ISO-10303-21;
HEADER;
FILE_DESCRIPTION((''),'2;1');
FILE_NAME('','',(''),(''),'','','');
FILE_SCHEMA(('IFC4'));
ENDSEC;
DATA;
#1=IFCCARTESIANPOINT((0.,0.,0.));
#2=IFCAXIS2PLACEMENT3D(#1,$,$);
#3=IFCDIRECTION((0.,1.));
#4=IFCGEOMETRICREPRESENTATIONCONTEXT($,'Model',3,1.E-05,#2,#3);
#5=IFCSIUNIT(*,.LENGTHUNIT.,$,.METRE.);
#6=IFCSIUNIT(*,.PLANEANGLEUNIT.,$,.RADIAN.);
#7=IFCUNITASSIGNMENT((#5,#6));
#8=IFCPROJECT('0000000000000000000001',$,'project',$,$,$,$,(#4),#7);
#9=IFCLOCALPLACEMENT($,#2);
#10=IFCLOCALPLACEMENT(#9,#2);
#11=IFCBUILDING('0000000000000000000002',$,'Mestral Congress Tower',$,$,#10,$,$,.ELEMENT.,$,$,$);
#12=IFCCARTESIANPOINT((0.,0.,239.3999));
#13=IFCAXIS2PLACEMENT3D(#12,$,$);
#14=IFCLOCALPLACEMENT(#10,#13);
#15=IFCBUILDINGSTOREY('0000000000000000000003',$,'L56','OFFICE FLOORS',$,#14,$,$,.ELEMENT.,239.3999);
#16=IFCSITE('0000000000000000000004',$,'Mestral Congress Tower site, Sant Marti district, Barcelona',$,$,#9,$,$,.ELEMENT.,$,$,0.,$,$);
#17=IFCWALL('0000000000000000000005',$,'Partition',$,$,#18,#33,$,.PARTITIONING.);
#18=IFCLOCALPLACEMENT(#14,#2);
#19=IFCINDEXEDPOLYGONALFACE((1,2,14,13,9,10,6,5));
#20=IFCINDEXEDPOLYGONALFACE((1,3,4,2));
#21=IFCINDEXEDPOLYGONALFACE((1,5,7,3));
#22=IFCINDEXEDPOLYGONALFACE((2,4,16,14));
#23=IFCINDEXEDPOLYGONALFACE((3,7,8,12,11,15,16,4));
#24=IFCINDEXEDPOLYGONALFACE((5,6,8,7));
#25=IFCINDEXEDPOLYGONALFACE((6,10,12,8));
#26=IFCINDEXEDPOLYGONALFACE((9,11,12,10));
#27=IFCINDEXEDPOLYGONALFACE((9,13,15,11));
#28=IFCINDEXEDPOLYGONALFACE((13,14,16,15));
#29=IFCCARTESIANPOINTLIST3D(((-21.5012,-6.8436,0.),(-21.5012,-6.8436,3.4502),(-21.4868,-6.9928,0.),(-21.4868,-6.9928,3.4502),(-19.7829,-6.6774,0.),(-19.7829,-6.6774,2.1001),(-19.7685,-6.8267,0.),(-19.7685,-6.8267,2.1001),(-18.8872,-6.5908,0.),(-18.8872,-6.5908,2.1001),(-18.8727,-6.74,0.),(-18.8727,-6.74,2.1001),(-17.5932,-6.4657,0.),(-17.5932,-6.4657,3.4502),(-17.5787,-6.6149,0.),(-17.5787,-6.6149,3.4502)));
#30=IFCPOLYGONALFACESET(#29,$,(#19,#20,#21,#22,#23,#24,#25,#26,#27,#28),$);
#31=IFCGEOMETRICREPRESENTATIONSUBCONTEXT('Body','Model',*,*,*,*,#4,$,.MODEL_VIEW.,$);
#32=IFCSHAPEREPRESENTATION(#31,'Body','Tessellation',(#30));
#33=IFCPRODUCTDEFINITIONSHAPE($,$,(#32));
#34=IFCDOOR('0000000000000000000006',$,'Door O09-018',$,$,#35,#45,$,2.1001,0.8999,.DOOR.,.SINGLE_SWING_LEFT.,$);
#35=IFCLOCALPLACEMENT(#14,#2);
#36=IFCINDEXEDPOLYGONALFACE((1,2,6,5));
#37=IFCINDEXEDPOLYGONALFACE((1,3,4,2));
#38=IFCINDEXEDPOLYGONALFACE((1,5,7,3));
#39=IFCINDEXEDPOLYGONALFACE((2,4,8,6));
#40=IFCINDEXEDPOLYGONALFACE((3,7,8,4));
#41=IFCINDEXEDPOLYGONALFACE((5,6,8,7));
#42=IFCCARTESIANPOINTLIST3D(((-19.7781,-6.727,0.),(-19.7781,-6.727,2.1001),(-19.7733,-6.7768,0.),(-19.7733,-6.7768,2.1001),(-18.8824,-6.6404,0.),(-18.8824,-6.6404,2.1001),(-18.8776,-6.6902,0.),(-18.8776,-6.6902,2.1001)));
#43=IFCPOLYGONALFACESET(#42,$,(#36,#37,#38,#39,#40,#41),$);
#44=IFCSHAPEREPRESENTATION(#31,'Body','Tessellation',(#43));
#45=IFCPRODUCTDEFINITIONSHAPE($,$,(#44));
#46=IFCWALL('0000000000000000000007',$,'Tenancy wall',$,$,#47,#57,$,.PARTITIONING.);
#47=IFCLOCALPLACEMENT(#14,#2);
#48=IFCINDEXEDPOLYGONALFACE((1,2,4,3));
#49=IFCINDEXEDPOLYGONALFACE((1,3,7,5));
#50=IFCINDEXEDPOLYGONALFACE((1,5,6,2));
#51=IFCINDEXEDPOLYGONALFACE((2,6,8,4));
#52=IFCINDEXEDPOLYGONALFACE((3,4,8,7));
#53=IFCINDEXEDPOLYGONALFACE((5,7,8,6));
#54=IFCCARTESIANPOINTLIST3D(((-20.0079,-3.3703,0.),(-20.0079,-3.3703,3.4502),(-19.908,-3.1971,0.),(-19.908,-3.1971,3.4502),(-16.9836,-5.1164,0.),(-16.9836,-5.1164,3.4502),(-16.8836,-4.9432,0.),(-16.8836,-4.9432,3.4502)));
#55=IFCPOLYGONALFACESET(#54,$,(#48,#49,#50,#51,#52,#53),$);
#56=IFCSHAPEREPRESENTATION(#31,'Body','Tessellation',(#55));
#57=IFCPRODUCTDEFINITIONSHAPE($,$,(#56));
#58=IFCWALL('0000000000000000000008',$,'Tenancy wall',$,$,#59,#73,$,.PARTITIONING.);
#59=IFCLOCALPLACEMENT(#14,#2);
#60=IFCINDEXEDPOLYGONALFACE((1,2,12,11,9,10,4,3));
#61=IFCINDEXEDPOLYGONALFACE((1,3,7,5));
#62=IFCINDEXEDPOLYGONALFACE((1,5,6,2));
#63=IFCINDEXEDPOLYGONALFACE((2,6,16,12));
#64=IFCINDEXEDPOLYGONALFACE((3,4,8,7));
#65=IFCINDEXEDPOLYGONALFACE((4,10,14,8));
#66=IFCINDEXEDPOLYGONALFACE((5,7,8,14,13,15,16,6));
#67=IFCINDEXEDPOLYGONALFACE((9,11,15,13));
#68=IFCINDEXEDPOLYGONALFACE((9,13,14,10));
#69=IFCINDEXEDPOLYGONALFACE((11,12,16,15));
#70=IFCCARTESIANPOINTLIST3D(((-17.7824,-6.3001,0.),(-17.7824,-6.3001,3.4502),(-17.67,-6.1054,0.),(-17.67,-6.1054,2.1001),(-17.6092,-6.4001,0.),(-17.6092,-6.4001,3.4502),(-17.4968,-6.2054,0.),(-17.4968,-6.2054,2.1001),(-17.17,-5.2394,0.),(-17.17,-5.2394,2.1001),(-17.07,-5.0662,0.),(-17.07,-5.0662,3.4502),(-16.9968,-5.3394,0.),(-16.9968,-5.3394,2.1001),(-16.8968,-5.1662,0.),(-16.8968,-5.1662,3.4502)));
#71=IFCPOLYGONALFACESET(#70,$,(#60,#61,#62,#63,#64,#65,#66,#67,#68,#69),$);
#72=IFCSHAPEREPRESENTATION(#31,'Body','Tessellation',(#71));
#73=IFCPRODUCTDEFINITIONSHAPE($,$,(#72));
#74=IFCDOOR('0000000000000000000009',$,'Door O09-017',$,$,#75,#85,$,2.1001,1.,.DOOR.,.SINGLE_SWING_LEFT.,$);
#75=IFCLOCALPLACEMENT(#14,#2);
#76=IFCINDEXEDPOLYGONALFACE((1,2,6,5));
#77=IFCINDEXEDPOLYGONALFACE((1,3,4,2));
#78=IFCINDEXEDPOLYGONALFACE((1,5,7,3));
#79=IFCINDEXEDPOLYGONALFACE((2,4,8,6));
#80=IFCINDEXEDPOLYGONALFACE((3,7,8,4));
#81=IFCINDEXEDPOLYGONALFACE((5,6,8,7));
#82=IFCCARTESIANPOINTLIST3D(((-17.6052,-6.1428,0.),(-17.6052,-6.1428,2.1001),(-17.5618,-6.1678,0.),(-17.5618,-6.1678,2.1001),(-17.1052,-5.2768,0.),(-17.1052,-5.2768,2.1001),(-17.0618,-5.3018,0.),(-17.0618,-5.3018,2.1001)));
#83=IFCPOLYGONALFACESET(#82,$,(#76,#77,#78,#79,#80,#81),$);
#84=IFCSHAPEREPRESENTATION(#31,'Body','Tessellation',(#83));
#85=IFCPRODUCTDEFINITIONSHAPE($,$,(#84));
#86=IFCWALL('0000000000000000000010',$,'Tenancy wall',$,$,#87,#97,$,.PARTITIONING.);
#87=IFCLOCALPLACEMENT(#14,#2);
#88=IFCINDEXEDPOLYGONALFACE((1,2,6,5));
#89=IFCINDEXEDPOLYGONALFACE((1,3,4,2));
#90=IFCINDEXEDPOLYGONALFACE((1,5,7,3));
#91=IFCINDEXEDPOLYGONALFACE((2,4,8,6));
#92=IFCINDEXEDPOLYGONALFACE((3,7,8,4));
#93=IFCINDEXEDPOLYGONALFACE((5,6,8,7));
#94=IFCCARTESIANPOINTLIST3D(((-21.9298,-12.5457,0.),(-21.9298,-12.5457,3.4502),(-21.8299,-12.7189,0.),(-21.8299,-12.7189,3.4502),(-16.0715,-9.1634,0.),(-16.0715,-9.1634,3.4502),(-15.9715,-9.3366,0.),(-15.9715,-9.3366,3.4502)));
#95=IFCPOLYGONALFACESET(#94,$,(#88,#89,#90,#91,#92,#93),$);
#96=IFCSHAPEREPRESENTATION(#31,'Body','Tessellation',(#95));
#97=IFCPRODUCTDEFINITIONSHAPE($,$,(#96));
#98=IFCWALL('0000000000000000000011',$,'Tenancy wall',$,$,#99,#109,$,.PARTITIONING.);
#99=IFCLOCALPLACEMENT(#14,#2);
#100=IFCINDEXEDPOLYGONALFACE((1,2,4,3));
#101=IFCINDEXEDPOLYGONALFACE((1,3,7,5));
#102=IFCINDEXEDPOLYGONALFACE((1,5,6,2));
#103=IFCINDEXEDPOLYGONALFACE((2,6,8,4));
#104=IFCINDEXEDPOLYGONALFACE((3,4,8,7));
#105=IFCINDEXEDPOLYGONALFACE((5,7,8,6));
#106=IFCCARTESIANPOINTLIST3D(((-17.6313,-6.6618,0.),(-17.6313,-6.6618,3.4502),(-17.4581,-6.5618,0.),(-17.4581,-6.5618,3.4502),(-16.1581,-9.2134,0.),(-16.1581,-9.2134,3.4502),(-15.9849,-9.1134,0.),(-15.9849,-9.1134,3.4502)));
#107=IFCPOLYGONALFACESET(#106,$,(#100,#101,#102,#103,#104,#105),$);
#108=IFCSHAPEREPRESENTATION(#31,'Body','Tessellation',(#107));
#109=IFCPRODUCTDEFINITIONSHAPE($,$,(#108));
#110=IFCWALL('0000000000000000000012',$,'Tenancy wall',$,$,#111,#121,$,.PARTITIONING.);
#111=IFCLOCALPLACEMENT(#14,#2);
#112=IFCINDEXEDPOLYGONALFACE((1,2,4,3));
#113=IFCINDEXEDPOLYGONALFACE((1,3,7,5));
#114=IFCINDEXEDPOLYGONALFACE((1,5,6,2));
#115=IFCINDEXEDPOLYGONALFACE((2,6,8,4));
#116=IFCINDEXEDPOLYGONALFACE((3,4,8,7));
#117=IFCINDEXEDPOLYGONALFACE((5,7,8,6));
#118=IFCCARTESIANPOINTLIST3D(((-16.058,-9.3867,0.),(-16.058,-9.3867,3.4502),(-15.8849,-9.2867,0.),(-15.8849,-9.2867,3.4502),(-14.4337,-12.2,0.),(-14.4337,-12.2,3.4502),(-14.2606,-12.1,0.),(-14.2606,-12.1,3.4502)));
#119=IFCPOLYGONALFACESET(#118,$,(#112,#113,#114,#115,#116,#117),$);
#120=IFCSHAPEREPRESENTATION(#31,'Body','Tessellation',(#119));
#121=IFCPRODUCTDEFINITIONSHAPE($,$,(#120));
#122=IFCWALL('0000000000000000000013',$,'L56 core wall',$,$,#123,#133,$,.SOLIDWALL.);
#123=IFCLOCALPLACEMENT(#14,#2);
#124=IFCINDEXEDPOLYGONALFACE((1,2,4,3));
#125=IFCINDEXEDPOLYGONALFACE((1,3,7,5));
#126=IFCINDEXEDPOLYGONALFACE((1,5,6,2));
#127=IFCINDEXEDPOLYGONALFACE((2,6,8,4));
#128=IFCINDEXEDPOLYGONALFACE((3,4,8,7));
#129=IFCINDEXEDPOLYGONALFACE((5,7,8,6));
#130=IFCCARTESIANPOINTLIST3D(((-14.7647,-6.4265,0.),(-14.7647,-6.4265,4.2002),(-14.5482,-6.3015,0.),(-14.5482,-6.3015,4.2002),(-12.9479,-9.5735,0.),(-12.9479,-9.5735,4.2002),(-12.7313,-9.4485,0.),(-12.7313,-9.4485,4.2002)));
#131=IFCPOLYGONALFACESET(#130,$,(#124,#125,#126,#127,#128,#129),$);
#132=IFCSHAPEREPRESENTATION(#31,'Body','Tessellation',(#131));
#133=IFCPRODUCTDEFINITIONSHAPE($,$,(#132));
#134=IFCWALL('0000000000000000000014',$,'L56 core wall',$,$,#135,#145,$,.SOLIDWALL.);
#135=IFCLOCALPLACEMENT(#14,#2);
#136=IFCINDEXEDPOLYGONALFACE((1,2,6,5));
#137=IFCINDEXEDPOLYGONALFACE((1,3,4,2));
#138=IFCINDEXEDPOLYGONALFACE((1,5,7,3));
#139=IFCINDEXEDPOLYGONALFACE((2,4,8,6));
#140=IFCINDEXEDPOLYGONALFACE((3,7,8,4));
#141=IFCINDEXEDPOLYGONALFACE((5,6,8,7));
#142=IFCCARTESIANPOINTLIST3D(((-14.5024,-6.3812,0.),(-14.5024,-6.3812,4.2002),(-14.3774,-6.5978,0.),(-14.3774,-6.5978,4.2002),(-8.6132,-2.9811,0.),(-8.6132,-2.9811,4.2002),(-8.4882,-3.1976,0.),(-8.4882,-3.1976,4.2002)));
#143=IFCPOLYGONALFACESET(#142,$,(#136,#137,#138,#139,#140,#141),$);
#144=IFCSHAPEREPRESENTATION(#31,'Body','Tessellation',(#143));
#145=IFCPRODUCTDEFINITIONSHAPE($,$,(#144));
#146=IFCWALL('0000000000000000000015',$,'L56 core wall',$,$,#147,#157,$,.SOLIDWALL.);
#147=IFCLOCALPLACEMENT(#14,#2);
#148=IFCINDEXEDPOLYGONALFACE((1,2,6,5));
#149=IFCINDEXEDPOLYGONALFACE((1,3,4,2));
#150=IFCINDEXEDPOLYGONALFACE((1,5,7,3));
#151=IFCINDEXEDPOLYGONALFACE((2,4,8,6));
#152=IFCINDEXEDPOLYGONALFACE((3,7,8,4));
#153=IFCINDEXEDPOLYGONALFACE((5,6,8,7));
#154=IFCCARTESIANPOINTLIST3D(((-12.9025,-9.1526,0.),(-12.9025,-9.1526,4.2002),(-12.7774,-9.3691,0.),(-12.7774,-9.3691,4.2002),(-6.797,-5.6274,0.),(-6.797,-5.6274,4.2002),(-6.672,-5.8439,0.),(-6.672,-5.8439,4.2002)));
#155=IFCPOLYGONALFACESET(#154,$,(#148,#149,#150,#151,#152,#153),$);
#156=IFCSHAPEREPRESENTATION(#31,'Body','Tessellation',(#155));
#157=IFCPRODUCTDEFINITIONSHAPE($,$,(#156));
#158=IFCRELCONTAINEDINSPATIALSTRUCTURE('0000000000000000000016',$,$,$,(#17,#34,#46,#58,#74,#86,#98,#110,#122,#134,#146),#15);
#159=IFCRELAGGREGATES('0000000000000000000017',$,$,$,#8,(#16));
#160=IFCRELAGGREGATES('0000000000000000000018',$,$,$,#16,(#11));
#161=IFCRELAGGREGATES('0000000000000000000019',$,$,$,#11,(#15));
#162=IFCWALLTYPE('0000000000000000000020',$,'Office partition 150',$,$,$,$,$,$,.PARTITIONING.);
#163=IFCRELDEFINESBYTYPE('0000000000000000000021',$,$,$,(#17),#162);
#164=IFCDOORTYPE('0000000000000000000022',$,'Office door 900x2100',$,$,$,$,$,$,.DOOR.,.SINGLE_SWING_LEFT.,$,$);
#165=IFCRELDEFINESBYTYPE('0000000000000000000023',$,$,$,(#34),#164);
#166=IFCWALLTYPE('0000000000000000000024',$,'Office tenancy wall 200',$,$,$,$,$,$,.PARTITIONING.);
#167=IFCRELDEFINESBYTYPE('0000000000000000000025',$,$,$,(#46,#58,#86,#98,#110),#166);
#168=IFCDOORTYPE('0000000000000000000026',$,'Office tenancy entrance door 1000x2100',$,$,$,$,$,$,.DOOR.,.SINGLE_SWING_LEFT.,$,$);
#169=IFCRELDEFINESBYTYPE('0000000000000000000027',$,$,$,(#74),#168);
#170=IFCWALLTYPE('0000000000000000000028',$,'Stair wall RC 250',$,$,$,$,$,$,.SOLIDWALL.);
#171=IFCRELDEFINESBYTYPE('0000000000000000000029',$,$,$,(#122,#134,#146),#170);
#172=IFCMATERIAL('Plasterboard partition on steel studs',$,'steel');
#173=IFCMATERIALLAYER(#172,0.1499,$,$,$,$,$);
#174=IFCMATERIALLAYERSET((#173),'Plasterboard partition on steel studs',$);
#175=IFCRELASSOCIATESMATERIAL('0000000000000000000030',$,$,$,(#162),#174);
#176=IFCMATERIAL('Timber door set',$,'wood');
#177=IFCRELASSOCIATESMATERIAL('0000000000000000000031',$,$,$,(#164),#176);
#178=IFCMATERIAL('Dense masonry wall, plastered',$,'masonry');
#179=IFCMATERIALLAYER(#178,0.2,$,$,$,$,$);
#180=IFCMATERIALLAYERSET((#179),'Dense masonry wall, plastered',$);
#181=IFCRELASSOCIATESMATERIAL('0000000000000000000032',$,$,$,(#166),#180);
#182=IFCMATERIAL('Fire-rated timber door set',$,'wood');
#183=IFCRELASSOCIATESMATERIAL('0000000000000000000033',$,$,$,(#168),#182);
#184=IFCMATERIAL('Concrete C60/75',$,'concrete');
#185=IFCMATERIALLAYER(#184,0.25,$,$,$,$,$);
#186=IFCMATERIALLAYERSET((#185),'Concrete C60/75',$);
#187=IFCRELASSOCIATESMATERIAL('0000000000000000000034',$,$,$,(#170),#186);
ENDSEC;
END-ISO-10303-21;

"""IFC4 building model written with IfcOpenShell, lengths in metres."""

from ifc_helpers import new_model, si_unit, direction, frame, frame_2d, origin, place, context, subcontext, project, spatial, rectangle, extrude, material, layer, layer_set, type_object, element, fill, save


model = new_model("IFC4")

# Units and contexts
model_context = context("Model", 3, precision=1e-05, world=origin(), true_north=direction((0.0, 1.0)))
body_context = subcontext(model_context, "Body", "Model", "MODEL_VIEW")
ifc_project = project(units=[si_unit("LENGTHUNIT", "METRE"), si_unit("PLANEANGLEUNIT", "RADIAN")], contexts=[model_context])

# Site, building, storey
site_placement = place(None, origin())
site = spatial("IfcSite", under=ifc_project, at=site_placement, Name="Mestral Congress Tower site, Sant Marti district, Barcelona", CompositionType="ELEMENT", RefElevation=0.0)
building_placement = place(site_placement, origin())
building = spatial("IfcBuilding", under=site, at=building_placement, Name="Mestral Congress Tower", CompositionType="ELEMENT")
storey_placement = place(building_placement, frame((0.0, 0.0, 239.3999)))
storey = spatial("IfcBuildingStorey", under=building, at=storey_placement, Name="L56", Description="OFFICE FLOORS", CompositionType="ELEMENT", Elevation=239.3999)

# Shared definitions
ifc_material_1 = material(Name="Concrete C60/75", Category="concrete")

# Shared definitions
ifc_material_2 = material(Name="Plasterboard partition on steel studs", Category="steel")
ifc_layer_1 = layer(ifc_material_2, 0.1499)
ifc_layer_set_1 = layer_set([ifc_layer_1], Name="Plasterboard partition on steel studs")
wall_type_1 = type_object("IfcWallType", Name="Office partition 150", PredefinedType="PARTITIONING", material=ifc_layer_set_1)
ifc_material_3 = material(Name="Timber door set", Category="wood")
door_type_1 = type_object("IfcDoorType", Name="Office door 900x2100", OperationType="SINGLE_SWING_LEFT", PredefinedType="DOOR", material=ifc_material_3)

# Wall, opening, door
wall_1_placement = place(storey_placement, frame((-17.5859, -6.5403, 0.0), z_axis=(0.0, 0.0, 1.0), x_axis=(-0.995356, -0.096259, 0.0)))
wall_1 = element("IfcWall", 1, at=wall_1_placement, inside=storey, type_object=wall_type_1, Name="Partition", PredefinedType="PARTITIONING", context=body_context, shape_type="SweptSolid", body=[
    extrude(rectangle(XDim=3.9263, YDim=0.1499, at=frame_2d((1.9631, 0.0))), origin(), (0.0, 0.0, 1.0), 3.4502),
])
opening_1_placement = place(wall_1_placement, frame((1.3, 0.0, 0.0)))
opening_1 = element("IfcOpeningElement", 2, at=opening_1_placement, cuts=wall_1, PredefinedType="OPENING", context=body_context, shape_type="SweptSolid", body=[
    extrude(rectangle(XDim=0.8999, YDim=2.1001, at=frame_2d((0.45, 1.05))), frame((0.0, 0.085, 0.0), z_axis=(0.0, -1.0, 0.0), x_axis=(1.0, 0.0, 0.0)), (0.0, 0.0, 1.0), 0.1699),
])
door_1_placement = place(opening_1_placement, origin())
door_1 = element("IfcDoor", 3, at=door_1_placement, inside=storey, type_object=door_type_1, Name="Door O09-018", OperationType="SINGLE_SWING_LEFT", OverallHeight=2.1001, OverallWidth=0.8999, PredefinedType="DOOR", context=body_context, shape_type="SweptSolid", body=[
    extrude(rectangle(XDim=0.8999, YDim=2.1001, at=frame_2d((0.45, 1.05))), frame((0.0, 0.0249, 0.0), z_axis=(0.0, -1.0, 0.0), x_axis=(1.0, 0.0, 0.0)), (0.0, 0.0, 1.0), 0.05),
])
fill(opening_1, door_1)

# Wall
ifc_material_4 = material(Name="Dense masonry wall, plastered", Category="masonry")
ifc_layer_2 = layer(ifc_material_4, 0.2)
ifc_layer_set_2 = layer_set([ifc_layer_2], Name="Dense masonry wall, plastered")
wall_type_2 = type_object("IfcWallType", Name="Office tenancy wall 200", PredefinedType="PARTITIONING", material=ifc_layer_set_2)
wall_2_placement = place(storey_placement, frame((-16.9336, -5.0298, 0.0), z_axis=(0.0, 0.0, 1.0), x_axis=(-0.866032, 0.499989, 0.0)))
element("IfcWall", 4, at=wall_2_placement, inside=storey, type_object=wall_type_2, Name="Tenancy wall", PredefinedType="PARTITIONING", context=body_context, shape_type="SweptSolid", body=[
    extrude(rectangle(XDim=3.4922, YDim=0.2, at=frame_2d((1.7461, 0.0))), origin(), (0.0, 0.0, 1.0), 3.4502),
])

# Wall, opening, door
wall_3_placement = place(storey_placement, frame((-16.9834, -5.1162, 0.0), z_axis=(0.0, 0.0, 1.0), x_axis=(-0.500009, -0.86602, 0.0)))
wall_3 = element("IfcWall", 5, at=wall_3_placement, inside=storey, type_object=wall_type_2, Name="Tenancy wall", PredefinedType="PARTITIONING", context=body_context, shape_type="SweptSolid", body=[
    extrude(rectangle(XDim=1.4248, YDim=0.2, at=frame_2d((0.7124, 0.0))), origin(), (0.0, 0.0, 1.0), 3.4502),
])
opening_2_placement = place(wall_3_placement, frame((0.2, 0.0, 0.0)))
opening_2 = element("IfcOpeningElement", 6, at=opening_2_placement, cuts=wall_3, PredefinedType="OPENING", context=body_context, shape_type="SweptSolid", body=[
    extrude(rectangle(XDim=1.0, YDim=2.1001, at=frame_2d((0.5, 1.05))), frame((0.0, 0.1099, 0.0), z_axis=(0.0, -1.0, 0.0), x_axis=(1.0, 0.0, 0.0)), (0.0, 0.0, 1.0), 0.22),
])
ifc_material_5 = material(Name="Fire-rated timber door set", Category="wood")
door_type_2 = type_object("IfcDoorType", Name="Office tenancy entrance door 1000x2100", OperationType="SINGLE_SWING_LEFT", PredefinedType="DOOR", material=ifc_material_5)
door_2_placement = place(opening_2_placement, origin())
door_2 = element("IfcDoor", 7, at=door_2_placement, inside=storey, type_object=door_type_2, Name="Door O09-017", OperationType="SINGLE_SWING_LEFT", OverallHeight=2.1001, OverallWidth=1.0, PredefinedType="DOOR", context=body_context, shape_type="SweptSolid", body=[
    extrude(rectangle(XDim=1.0, YDim=2.1001, at=frame_2d((0.5, 1.05))), frame((0.0, 0.0249, 0.0), z_axis=(0.0, -1.0, 0.0), x_axis=(1.0, 0.0, 0.0)), (0.0, 0.0, 1.0), 0.05),
])
fill(opening_2, door_2)

# Walls
wall_4_placement = place(storey_placement, frame((-16.0215, -9.25, 0.0), z_axis=(0.0, 0.0, 1.0), x_axis=(-0.866027, -0.499997, 0.0)))
element("IfcWall", 8, at=wall_4_placement, inside=storey, type_object=wall_type_2, Name="Tenancy wall", PredefinedType="PARTITIONING", context=body_context, shape_type="SweptSolid", body=[
    extrude(rectangle(XDim=6.7646, YDim=0.2, at=frame_2d((3.3823, 0.0))), origin(), (0.0, 0.0, 1.0), 3.4502),
])
wall_5_placement = place(storey_placement, frame((-17.5447, -6.6118, 0.0), z_axis=(0.0, 0.0, 1.0), x_axis=(0.500007, -0.866021, 0.0)))
element("IfcWall", 9, at=wall_5_placement, inside=storey, type_object=wall_type_2, Name="Tenancy wall", PredefinedType="PARTITIONING", context=body_context, shape_type="SweptSolid", body=[
    extrude(rectangle(XDim=2.9463, YDim=0.2, at=frame_2d((1.4731, 0.0))), origin(), (0.0, 0.0, 1.0), 3.4502),
])
wall_6_placement = place(storey_placement, frame((-15.9714, -9.3367, 0.0), z_axis=(0.0, 0.0, 1.0), x_axis=(0.500011, -0.866019, 0.0)))
element("IfcWall", 10, at=wall_6_placement, inside=storey, type_object=wall_type_2, Name="Tenancy wall", PredefinedType="PARTITIONING", context=body_context, shape_type="SweptSolid", body=[
    extrude(rectangle(XDim=3.2485, YDim=0.2, at=frame_2d((1.6243, 0.0))), origin(), (0.0, 0.0, 1.0), 3.4502),
])
ifc_layer_3 = layer(ifc_material_1, 0.25)
ifc_layer_set_3 = layer_set([ifc_layer_3], Name="Concrete C60/75")
wall_type_3 = type_object("IfcWallType", Name="Stair wall RC 250", PredefinedType="SOLIDWALL", material=ifc_layer_set_3)
wall_7_placement = place(storey_placement, frame((-12.8396, -9.511, 0.0), z_axis=(0.0, 0.0, 1.0), x_axis=(-0.499998, 0.866027, 0.0)))
element("IfcWall", 11, at=wall_7_placement, inside=storey, type_object=wall_type_3, Name="L56 core wall", PredefinedType="SOLIDWALL", context=body_context, shape_type="SweptSolid", body=[
    extrude(rectangle(XDim=3.6338, YDim=0.25, at=frame_2d((1.8169, 0.0))), origin(), (0.0, 0.0, 1.0), 4.2002),
])
wall_8_placement = place(storey_placement, frame((-14.4399, -6.4895, 0.0), z_axis=(0.0, 0.0, 1.0), x_axis=(0.866023, 0.500004, 0.0)))
element("IfcWall", 12, at=wall_8_placement, inside=storey, type_object=wall_type_3, Name="L56 core wall", PredefinedType="SOLIDWALL", context=body_context, shape_type="SweptSolid", body=[
    extrude(rectangle(XDim=6.8003, YDim=0.25, at=frame_2d((3.4001, 0.0))), origin(), (0.0, 0.0, 1.0), 4.2002),
])
wall_9_placement = place(storey_placement, frame((-12.8398, -9.2607, 0.0), z_axis=(0.0, 0.0, 1.0), x_axis=(0.866016, 0.500016, 0.0)))
element("IfcWall", 13, at=wall_9_placement, inside=storey, type_object=wall_type_3, Name="L56 core wall", PredefinedType="SOLIDWALL", context=body_context, shape_type="SweptSolid", body=[
    extrude(rectangle(XDim=7.05, YDim=0.25, at=frame_2d((3.5249, 0.0))), origin(), (0.0, 0.0, 1.0), 4.2002),
])

save(model, "model.ifc")
